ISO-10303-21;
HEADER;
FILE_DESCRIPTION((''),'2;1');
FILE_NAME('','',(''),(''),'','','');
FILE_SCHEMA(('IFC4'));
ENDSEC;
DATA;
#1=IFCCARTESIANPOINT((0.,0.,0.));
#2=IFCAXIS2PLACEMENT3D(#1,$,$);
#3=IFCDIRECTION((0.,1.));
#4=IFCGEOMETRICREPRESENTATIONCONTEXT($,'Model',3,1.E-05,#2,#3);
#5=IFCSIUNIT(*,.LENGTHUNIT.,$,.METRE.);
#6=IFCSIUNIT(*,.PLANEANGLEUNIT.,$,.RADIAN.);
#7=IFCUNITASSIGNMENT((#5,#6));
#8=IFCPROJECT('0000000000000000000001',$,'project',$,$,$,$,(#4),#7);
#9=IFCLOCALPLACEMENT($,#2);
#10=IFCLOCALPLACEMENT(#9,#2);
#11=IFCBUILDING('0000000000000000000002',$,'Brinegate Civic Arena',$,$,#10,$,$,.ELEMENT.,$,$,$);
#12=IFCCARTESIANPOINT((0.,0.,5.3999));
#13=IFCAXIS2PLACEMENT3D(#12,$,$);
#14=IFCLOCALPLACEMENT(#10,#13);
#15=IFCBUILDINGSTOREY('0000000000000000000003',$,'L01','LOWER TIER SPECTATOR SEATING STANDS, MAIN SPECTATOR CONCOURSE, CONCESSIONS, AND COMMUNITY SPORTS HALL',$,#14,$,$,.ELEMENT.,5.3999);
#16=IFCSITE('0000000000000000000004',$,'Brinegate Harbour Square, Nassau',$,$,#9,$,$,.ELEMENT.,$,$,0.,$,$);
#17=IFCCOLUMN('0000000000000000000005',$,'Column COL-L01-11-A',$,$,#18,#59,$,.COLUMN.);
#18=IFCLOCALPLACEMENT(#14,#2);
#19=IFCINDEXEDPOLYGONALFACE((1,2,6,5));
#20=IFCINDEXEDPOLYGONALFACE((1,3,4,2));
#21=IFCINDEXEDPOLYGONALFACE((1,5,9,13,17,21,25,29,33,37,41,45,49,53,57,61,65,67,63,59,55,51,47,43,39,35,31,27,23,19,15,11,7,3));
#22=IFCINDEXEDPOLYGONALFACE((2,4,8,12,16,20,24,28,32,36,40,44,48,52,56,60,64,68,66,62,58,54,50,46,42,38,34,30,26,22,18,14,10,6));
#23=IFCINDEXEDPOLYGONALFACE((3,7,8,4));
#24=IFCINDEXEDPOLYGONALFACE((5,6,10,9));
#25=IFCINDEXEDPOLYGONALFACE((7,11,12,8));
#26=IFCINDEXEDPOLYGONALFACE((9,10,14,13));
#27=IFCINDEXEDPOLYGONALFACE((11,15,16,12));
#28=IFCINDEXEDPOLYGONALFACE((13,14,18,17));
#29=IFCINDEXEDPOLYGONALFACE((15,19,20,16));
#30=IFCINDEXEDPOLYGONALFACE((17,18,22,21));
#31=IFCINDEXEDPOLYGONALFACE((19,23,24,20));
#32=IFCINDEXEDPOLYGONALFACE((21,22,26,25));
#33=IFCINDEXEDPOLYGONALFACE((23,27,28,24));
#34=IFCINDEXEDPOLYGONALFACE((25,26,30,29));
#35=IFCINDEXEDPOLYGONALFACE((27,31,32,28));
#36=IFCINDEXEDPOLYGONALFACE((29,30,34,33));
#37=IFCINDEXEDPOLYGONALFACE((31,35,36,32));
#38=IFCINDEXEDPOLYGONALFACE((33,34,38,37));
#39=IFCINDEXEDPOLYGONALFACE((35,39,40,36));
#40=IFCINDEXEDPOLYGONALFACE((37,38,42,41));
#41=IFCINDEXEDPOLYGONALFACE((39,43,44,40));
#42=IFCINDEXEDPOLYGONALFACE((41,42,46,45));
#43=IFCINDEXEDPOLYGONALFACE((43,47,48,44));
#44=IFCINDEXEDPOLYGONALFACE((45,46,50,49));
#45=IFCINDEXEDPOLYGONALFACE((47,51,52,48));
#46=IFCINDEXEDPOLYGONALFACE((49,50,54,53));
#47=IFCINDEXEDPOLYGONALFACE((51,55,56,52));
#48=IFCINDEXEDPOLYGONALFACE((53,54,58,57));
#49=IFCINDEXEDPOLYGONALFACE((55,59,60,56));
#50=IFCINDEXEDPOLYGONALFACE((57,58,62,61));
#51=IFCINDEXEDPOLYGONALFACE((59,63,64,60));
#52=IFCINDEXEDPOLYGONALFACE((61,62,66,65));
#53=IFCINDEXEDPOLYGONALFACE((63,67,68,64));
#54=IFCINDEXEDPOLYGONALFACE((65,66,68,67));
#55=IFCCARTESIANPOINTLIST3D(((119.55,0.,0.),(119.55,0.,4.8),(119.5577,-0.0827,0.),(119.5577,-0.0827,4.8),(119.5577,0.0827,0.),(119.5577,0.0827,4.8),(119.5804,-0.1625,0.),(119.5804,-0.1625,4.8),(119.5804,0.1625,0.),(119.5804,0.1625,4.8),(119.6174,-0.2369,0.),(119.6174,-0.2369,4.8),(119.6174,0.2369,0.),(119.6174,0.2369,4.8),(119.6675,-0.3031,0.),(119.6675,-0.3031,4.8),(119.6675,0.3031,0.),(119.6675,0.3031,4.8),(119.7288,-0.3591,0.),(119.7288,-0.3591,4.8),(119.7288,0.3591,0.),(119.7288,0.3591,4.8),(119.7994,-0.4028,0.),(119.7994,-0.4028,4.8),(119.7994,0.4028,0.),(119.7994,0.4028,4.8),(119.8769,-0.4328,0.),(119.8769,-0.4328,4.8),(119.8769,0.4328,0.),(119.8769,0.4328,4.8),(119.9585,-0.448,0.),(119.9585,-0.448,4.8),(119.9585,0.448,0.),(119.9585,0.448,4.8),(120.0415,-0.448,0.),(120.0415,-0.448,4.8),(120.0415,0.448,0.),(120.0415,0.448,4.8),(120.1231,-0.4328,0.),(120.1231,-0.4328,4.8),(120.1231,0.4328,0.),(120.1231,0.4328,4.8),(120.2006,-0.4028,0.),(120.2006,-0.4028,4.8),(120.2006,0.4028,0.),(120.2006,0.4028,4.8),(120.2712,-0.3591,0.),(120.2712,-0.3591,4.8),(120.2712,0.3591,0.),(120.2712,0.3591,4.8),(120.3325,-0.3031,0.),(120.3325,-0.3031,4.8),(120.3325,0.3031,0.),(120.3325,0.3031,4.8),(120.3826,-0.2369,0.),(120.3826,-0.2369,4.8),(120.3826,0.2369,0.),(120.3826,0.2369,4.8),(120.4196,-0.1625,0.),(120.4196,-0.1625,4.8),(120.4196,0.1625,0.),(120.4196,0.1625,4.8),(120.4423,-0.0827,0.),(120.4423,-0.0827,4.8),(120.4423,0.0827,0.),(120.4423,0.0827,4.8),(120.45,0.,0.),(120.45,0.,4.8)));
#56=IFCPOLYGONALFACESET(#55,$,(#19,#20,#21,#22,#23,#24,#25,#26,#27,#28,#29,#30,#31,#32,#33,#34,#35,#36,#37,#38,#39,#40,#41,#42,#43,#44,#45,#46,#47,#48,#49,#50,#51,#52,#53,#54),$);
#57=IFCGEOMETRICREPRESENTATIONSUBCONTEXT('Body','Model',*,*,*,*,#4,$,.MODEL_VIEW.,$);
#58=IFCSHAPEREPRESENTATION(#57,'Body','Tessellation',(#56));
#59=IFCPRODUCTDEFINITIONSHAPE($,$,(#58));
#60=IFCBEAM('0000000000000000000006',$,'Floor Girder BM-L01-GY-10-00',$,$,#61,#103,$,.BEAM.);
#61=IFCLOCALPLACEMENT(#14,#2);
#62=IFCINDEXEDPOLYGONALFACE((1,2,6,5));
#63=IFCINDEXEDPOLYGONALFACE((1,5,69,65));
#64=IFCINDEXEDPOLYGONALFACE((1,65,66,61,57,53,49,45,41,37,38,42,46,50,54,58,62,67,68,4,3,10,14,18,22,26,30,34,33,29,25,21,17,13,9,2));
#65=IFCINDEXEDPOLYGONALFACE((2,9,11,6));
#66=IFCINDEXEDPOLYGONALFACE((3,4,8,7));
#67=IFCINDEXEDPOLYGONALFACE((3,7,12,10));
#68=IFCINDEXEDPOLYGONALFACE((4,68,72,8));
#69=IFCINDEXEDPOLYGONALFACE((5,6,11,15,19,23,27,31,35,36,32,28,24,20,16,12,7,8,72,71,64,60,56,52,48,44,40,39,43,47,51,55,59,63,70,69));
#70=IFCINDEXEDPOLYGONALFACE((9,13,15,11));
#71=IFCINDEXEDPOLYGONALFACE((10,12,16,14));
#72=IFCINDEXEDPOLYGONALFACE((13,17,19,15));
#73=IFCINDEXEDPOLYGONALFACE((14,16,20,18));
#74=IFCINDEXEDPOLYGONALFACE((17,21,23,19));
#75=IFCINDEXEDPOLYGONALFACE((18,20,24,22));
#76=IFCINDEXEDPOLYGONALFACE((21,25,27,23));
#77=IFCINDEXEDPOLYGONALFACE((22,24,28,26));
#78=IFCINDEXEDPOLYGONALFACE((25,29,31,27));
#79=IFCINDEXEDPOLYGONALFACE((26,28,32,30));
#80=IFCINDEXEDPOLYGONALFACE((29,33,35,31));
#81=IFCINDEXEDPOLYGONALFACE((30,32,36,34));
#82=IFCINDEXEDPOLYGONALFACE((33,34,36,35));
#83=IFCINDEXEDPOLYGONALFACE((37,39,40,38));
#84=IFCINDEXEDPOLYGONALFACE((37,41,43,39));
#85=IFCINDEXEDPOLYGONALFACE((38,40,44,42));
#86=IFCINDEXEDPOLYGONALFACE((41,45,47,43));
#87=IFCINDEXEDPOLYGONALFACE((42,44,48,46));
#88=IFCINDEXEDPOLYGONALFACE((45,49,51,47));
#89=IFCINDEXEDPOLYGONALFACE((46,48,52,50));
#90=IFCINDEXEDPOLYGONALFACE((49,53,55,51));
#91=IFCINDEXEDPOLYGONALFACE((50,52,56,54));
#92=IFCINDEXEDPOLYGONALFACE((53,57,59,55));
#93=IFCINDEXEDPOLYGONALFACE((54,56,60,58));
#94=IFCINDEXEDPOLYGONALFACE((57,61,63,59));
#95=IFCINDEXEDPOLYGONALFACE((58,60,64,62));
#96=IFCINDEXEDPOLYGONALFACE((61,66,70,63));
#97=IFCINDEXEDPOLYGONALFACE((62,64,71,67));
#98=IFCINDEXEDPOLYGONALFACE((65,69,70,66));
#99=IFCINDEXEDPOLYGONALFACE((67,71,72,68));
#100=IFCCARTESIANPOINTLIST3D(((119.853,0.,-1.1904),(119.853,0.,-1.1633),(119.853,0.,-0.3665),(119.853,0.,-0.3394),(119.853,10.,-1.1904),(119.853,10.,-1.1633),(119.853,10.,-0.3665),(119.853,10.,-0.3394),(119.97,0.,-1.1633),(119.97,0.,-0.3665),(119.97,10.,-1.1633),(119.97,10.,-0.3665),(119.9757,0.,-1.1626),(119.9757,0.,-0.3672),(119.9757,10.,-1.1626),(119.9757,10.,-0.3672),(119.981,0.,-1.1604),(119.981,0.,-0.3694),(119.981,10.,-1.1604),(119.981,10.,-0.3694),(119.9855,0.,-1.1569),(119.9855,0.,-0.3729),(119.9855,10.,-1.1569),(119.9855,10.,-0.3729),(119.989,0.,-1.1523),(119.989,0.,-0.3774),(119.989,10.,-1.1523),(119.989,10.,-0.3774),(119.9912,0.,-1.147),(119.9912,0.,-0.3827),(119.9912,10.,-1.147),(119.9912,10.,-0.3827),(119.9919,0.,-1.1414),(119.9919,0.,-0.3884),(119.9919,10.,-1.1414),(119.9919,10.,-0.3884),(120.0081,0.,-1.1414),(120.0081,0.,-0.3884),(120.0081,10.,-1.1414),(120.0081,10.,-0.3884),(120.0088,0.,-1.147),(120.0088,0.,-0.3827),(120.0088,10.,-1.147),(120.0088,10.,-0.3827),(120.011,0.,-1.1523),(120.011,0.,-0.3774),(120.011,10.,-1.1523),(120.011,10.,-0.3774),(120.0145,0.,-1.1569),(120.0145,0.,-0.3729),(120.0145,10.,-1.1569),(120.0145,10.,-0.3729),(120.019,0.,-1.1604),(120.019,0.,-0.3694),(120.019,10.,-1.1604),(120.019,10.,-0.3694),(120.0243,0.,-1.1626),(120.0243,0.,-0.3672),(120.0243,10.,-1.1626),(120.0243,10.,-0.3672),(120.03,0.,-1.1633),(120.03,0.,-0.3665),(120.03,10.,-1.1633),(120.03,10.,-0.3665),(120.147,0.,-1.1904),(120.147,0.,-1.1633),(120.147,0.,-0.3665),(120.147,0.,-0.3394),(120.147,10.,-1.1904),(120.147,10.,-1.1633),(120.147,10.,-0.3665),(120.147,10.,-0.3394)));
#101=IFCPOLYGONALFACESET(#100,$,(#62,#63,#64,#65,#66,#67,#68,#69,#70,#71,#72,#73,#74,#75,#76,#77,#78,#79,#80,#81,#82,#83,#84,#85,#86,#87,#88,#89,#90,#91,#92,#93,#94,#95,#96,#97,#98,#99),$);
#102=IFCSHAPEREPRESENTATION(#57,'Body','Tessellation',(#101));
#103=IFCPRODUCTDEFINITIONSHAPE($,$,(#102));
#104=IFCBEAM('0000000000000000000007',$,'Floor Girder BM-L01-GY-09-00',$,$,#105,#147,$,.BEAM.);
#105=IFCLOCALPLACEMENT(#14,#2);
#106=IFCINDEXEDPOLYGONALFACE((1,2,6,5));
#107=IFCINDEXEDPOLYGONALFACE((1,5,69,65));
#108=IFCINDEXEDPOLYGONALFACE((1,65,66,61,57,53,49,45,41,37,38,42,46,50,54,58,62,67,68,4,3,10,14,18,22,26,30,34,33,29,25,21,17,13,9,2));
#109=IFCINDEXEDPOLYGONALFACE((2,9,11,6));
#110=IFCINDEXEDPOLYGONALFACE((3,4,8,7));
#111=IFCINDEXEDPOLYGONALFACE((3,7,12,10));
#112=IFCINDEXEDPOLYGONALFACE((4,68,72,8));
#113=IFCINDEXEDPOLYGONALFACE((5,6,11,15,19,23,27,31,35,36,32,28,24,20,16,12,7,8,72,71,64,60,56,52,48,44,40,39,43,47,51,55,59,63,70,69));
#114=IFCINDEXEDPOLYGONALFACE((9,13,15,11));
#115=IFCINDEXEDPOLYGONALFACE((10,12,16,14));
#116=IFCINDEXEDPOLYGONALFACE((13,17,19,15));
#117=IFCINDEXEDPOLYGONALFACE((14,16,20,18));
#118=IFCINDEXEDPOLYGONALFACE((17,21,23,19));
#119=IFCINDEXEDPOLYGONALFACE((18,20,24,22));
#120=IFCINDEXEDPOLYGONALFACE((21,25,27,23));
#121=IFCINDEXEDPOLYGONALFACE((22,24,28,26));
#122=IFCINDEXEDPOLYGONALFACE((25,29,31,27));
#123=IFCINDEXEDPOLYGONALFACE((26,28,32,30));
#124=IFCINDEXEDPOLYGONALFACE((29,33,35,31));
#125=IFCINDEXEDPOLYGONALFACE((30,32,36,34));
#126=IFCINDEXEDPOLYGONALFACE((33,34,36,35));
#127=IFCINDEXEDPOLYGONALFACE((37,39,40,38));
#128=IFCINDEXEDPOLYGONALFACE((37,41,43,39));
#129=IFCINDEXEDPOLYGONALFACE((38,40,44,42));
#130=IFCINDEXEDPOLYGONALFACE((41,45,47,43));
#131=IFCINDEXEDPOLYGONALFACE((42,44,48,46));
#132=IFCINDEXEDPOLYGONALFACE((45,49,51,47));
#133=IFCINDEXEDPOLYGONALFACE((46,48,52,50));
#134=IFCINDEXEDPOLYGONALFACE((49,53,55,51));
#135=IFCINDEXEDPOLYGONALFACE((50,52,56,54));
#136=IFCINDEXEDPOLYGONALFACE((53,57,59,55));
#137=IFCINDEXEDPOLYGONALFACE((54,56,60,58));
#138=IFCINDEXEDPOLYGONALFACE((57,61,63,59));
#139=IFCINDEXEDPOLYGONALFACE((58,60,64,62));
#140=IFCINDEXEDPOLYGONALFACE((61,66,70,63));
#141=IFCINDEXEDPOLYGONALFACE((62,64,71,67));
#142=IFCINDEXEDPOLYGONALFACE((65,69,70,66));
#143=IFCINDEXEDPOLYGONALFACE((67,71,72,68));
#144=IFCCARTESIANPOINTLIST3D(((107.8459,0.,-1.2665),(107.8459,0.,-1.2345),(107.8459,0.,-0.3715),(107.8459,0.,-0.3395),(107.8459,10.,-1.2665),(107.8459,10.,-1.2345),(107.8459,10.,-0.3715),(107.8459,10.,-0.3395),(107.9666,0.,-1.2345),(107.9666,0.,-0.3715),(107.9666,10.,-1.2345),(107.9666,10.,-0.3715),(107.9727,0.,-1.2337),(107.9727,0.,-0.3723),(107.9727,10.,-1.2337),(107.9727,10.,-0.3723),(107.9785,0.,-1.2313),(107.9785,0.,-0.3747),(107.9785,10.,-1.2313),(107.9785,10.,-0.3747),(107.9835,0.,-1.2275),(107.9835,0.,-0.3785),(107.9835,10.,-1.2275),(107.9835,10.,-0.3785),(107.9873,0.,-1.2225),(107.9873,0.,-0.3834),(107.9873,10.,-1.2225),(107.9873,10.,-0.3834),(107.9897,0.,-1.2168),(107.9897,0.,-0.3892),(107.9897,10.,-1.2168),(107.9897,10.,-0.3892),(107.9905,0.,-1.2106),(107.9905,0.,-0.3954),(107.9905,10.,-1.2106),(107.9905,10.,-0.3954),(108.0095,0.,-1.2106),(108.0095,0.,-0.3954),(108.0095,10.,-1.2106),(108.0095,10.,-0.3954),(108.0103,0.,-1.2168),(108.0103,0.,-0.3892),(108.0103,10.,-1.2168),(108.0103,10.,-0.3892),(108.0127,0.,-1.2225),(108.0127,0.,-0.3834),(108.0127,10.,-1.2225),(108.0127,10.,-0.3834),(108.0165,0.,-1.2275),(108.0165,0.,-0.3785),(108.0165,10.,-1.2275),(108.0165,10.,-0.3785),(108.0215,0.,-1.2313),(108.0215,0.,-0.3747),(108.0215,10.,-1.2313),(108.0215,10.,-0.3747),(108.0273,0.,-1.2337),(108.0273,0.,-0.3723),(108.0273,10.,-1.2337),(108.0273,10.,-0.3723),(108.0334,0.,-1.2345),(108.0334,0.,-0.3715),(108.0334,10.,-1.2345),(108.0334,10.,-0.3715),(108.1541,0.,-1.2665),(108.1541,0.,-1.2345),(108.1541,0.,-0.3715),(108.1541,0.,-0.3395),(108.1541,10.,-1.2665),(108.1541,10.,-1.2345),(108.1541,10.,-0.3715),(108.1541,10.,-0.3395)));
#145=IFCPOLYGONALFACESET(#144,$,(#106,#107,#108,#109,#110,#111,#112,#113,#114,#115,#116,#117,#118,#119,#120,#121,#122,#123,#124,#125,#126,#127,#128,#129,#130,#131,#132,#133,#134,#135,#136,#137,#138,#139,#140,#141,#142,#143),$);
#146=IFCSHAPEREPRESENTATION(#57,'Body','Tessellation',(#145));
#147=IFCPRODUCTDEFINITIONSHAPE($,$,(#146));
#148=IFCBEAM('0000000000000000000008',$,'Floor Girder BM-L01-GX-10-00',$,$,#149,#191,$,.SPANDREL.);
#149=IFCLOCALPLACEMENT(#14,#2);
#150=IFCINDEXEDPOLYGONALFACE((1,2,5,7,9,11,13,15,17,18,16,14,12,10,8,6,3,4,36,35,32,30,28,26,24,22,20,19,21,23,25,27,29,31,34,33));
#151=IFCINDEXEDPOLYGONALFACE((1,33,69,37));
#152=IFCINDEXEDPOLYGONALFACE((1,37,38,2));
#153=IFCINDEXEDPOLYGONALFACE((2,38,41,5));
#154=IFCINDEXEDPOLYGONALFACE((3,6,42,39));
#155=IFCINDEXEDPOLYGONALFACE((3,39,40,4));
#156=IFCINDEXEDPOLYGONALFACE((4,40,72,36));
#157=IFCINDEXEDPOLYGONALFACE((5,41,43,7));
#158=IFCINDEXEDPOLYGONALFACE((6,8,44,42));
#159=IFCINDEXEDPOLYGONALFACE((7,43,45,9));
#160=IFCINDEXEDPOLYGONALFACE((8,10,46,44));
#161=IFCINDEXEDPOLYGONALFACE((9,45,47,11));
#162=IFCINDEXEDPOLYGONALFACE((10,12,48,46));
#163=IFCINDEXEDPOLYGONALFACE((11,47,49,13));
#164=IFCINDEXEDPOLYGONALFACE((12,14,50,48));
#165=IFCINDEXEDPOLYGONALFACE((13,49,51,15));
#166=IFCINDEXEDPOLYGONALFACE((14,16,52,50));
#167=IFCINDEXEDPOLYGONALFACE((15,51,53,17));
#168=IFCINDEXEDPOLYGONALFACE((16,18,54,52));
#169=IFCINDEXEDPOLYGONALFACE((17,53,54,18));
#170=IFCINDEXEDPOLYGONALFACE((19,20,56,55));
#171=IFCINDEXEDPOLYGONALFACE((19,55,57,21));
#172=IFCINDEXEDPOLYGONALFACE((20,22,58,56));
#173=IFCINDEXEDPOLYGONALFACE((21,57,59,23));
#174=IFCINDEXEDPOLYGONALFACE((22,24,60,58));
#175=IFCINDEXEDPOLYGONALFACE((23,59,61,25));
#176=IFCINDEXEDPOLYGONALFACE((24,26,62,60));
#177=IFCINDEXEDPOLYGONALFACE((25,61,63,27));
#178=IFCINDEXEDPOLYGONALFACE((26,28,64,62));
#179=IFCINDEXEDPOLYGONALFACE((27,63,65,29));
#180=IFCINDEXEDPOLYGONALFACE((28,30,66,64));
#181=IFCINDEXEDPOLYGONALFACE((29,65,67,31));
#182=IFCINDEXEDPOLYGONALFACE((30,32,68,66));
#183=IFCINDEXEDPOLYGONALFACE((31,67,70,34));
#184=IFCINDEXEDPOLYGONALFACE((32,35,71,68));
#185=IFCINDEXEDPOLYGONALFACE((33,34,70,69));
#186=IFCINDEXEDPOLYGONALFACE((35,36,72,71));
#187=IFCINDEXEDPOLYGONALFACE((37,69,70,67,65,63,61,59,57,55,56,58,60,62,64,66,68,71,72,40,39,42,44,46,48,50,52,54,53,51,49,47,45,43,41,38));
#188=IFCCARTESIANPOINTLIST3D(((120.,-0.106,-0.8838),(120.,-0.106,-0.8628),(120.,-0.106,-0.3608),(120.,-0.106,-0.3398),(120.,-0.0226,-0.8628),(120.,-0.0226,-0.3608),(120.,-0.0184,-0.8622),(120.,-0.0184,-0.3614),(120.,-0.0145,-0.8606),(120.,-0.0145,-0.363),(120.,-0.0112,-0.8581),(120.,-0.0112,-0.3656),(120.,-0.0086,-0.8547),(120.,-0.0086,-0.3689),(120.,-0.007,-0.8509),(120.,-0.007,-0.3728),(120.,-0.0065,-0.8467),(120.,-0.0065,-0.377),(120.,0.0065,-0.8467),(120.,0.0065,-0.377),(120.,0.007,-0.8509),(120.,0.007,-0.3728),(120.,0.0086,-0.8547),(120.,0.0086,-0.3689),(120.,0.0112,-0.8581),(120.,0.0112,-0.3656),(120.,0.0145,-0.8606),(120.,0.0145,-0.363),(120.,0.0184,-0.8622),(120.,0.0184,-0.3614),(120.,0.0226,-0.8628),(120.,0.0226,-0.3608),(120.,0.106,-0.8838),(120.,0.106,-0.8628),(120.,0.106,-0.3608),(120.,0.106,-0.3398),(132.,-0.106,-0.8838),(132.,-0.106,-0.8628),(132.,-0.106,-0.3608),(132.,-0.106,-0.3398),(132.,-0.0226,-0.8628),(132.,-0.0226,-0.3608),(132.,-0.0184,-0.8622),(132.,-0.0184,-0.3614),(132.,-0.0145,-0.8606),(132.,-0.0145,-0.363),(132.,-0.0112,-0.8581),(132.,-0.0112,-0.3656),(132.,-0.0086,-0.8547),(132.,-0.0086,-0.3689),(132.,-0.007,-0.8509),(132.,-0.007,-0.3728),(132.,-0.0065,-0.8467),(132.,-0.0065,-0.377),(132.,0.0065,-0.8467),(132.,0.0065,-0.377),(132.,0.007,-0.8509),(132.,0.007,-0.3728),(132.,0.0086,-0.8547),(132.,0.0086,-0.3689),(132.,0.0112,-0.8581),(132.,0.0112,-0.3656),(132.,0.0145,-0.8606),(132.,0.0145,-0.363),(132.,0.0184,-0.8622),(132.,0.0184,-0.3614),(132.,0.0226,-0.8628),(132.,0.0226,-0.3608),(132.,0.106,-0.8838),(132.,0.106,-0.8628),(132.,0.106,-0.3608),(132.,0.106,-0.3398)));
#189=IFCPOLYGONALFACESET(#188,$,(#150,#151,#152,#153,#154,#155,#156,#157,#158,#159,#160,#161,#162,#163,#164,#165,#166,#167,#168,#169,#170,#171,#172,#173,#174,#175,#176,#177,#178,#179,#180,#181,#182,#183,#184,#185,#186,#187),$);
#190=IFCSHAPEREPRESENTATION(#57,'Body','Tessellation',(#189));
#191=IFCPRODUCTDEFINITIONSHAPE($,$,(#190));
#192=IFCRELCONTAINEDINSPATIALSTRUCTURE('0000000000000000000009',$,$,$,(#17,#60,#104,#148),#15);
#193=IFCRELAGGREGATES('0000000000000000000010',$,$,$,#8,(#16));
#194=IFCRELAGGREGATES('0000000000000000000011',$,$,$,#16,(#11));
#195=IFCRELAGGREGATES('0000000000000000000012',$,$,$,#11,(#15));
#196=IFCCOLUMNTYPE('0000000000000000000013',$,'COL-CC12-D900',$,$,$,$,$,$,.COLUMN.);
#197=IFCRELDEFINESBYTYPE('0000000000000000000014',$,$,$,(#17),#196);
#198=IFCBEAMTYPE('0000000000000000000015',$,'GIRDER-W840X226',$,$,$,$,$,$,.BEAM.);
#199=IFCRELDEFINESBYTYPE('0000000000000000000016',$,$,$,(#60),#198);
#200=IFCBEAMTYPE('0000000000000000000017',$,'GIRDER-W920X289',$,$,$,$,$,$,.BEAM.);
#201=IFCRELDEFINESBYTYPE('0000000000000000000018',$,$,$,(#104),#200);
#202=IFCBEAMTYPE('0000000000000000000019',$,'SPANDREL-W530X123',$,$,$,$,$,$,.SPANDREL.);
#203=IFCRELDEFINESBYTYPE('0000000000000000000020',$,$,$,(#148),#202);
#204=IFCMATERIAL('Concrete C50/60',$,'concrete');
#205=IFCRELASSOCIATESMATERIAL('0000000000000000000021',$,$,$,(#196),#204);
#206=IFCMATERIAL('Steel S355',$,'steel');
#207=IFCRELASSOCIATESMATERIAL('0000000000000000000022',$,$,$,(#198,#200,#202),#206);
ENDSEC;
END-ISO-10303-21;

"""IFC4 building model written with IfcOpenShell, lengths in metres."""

from ifc_helpers import new_model, si_unit, direction, frame, origin, origin_2d, place, context, subcontext, project, spatial, circle, i_section, extrude, material, material_profile, profile_set, type_object, element, save


model = new_model("IFC4")

# Units and contexts
model_context = context("Model", 3, precision=1e-05, world=origin(), true_north=direction((0.0, 1.0)))
body_context = subcontext(model_context, "Body", "Model", "MODEL_VIEW")
ifc_project = project(units=[si_unit("LENGTHUNIT", "METRE"), si_unit("PLANEANGLEUNIT", "RADIAN")], contexts=[model_context])

# Site, building, storey
site_placement = place(None, origin())
site = spatial("IfcSite", under=ifc_project, at=site_placement, Name="Brinegate Harbour Square, Nassau", CompositionType="ELEMENT", RefElevation=0.0)
building_placement = place(site_placement, origin())
building = spatial("IfcBuilding", under=site, at=building_placement, Name="Brinegate Civic Arena", CompositionType="ELEMENT")
storey_placement = place(building_placement, frame((0.0, 0.0, 5.3999)))
storey = spatial("IfcBuildingStorey", under=building, at=storey_placement, Name="L01", Description="LOWER TIER SPECTATOR SEATING STANDS, MAIN SPECTATOR CONCOURSE, CONCESSIONS, AND COMMUNITY SPORTS HALL", CompositionType="ELEMENT", Elevation=5.3999)

# Column
ifc_material_1 = material(Name="Concrete C50/60", Category="concrete")
ifc_material_profile_1 = material_profile(ifc_material_1, circle(Radius=0.45, at=origin_2d()), Name="RCD900")
ifc_profile_set_1 = profile_set([ifc_material_profile_1], Name="Concrete C50/60")
column_type = type_object("IfcColumnType", Name="COL-CC12-D900", PredefinedType="COLUMN", material=ifc_profile_set_1)
column_placement = place(storey_placement, frame((120.0, 0.0, 0.0), z_axis=(0.0, 0.0, 1.0), x_axis=(1.0, 0.0, 0.0)))
element("IfcColumn", 1, at=column_placement, inside=storey, type_object=column_type, Name="Column COL-L01-11-A", PredefinedType="COLUMN", context=body_context, shape_type="SweptSolid", body=[
    extrude(circle(Radius=0.45, at=origin_2d()), origin(), (0.0, 0.0, 1.0), 4.8),
])

# Beams
ifc_material_2 = material(Name="Steel S355", Category="steel")
ifc_material_profile_2 = material_profile(ifc_material_2, i_section(OverallWidth=0.2939, OverallDepth=0.8511, WebThickness=0.0161, FlangeThickness=0.0271, FilletRadius=0.022, at=origin_2d()), Name="W840X226")
ifc_profile_set_2 = profile_set([ifc_material_profile_2], Name="Steel S355")
beam_type_1 = type_object("IfcBeamType", Name="GIRDER-W840X226", PredefinedType="BEAM", material=ifc_profile_set_2)
beam_1_placement = place(storey_placement, frame((120.0, 0.0, -0.7649), z_axis=(0.0, 1.0, 0.0), x_axis=(-1.0, 0.0, 0.0)))
element("IfcBeam", 2, at=beam_1_placement, inside=storey, type_object=beam_type_1, Name="Floor Girder BM-L01-GY-10-00", PredefinedType="BEAM", context=body_context, shape_type="SweptSolid", body=[
    extrude(i_section(OverallWidth=0.2939, OverallDepth=0.8511, WebThickness=0.0161, FlangeThickness=0.0271, FilletRadius=0.022, at=origin_2d()), origin(), (0.0, 0.0, 1.0), 10.0),
])
ifc_material_profile_3 = material_profile(ifc_material_2, i_section(OverallWidth=0.3081, OverallDepth=0.927, WebThickness=0.019, FlangeThickness=0.032, FilletRadius=0.0239, at=origin_2d()), Name="W920X289")
ifc_profile_set_3 = profile_set([ifc_material_profile_3], Name="Steel S355")
beam_type_2 = type_object("IfcBeamType", Name="GIRDER-W920X289", PredefinedType="BEAM", material=ifc_profile_set_3)
beam_2_placement = place(storey_placement, frame((108.0, 0.0, -0.803), z_axis=(0.0, 1.0, 0.0), x_axis=(-1.0, 0.0, 0.0)))
element("IfcBeam", 3, at=beam_2_placement, inside=storey, type_object=beam_type_2, Name="Floor Girder BM-L01-GY-09-00", PredefinedType="BEAM", context=body_context, shape_type="SweptSolid", body=[
    extrude(i_section(OverallWidth=0.3081, OverallDepth=0.927, WebThickness=0.019, FlangeThickness=0.032, FilletRadius=0.0239, at=origin_2d()), origin(), (0.0, 0.0, 1.0), 10.0),
])
ifc_material_profile_4 = material_profile(ifc_material_2, i_section(OverallWidth=0.2119, OverallDepth=0.5439, WebThickness=0.0129, FlangeThickness=0.021, FilletRadius=0.0161, at=origin_2d()), Name="W530X123")
ifc_profile_set_4 = profile_set([ifc_material_profile_4], Name="Steel S355")
beam_type_3 = type_object("IfcBeamType", Name="SPANDREL-W530X123", PredefinedType="SPANDREL", material=ifc_profile_set_4)
beam_3_placement = place(storey_placement, frame((120.0, 0.0, -0.6118), z_axis=(1.0, 0.0, 0.0), x_axis=(0.0, 1.0, 0.0)))
element("IfcBeam", 4, at=beam_3_placement, inside=storey, type_object=beam_type_3, Name="Floor Girder BM-L01-GX-10-00", PredefinedType="SPANDREL", context=body_context, shape_type="SweptSolid", body=[
    extrude(i_section(OverallWidth=0.2119, OverallDepth=0.5439, WebThickness=0.0129, FlangeThickness=0.021, FilletRadius=0.0161, at=origin_2d()), origin(), (0.0, 0.0, 1.0), 12.0),
])

save(model, "model.ifc")
